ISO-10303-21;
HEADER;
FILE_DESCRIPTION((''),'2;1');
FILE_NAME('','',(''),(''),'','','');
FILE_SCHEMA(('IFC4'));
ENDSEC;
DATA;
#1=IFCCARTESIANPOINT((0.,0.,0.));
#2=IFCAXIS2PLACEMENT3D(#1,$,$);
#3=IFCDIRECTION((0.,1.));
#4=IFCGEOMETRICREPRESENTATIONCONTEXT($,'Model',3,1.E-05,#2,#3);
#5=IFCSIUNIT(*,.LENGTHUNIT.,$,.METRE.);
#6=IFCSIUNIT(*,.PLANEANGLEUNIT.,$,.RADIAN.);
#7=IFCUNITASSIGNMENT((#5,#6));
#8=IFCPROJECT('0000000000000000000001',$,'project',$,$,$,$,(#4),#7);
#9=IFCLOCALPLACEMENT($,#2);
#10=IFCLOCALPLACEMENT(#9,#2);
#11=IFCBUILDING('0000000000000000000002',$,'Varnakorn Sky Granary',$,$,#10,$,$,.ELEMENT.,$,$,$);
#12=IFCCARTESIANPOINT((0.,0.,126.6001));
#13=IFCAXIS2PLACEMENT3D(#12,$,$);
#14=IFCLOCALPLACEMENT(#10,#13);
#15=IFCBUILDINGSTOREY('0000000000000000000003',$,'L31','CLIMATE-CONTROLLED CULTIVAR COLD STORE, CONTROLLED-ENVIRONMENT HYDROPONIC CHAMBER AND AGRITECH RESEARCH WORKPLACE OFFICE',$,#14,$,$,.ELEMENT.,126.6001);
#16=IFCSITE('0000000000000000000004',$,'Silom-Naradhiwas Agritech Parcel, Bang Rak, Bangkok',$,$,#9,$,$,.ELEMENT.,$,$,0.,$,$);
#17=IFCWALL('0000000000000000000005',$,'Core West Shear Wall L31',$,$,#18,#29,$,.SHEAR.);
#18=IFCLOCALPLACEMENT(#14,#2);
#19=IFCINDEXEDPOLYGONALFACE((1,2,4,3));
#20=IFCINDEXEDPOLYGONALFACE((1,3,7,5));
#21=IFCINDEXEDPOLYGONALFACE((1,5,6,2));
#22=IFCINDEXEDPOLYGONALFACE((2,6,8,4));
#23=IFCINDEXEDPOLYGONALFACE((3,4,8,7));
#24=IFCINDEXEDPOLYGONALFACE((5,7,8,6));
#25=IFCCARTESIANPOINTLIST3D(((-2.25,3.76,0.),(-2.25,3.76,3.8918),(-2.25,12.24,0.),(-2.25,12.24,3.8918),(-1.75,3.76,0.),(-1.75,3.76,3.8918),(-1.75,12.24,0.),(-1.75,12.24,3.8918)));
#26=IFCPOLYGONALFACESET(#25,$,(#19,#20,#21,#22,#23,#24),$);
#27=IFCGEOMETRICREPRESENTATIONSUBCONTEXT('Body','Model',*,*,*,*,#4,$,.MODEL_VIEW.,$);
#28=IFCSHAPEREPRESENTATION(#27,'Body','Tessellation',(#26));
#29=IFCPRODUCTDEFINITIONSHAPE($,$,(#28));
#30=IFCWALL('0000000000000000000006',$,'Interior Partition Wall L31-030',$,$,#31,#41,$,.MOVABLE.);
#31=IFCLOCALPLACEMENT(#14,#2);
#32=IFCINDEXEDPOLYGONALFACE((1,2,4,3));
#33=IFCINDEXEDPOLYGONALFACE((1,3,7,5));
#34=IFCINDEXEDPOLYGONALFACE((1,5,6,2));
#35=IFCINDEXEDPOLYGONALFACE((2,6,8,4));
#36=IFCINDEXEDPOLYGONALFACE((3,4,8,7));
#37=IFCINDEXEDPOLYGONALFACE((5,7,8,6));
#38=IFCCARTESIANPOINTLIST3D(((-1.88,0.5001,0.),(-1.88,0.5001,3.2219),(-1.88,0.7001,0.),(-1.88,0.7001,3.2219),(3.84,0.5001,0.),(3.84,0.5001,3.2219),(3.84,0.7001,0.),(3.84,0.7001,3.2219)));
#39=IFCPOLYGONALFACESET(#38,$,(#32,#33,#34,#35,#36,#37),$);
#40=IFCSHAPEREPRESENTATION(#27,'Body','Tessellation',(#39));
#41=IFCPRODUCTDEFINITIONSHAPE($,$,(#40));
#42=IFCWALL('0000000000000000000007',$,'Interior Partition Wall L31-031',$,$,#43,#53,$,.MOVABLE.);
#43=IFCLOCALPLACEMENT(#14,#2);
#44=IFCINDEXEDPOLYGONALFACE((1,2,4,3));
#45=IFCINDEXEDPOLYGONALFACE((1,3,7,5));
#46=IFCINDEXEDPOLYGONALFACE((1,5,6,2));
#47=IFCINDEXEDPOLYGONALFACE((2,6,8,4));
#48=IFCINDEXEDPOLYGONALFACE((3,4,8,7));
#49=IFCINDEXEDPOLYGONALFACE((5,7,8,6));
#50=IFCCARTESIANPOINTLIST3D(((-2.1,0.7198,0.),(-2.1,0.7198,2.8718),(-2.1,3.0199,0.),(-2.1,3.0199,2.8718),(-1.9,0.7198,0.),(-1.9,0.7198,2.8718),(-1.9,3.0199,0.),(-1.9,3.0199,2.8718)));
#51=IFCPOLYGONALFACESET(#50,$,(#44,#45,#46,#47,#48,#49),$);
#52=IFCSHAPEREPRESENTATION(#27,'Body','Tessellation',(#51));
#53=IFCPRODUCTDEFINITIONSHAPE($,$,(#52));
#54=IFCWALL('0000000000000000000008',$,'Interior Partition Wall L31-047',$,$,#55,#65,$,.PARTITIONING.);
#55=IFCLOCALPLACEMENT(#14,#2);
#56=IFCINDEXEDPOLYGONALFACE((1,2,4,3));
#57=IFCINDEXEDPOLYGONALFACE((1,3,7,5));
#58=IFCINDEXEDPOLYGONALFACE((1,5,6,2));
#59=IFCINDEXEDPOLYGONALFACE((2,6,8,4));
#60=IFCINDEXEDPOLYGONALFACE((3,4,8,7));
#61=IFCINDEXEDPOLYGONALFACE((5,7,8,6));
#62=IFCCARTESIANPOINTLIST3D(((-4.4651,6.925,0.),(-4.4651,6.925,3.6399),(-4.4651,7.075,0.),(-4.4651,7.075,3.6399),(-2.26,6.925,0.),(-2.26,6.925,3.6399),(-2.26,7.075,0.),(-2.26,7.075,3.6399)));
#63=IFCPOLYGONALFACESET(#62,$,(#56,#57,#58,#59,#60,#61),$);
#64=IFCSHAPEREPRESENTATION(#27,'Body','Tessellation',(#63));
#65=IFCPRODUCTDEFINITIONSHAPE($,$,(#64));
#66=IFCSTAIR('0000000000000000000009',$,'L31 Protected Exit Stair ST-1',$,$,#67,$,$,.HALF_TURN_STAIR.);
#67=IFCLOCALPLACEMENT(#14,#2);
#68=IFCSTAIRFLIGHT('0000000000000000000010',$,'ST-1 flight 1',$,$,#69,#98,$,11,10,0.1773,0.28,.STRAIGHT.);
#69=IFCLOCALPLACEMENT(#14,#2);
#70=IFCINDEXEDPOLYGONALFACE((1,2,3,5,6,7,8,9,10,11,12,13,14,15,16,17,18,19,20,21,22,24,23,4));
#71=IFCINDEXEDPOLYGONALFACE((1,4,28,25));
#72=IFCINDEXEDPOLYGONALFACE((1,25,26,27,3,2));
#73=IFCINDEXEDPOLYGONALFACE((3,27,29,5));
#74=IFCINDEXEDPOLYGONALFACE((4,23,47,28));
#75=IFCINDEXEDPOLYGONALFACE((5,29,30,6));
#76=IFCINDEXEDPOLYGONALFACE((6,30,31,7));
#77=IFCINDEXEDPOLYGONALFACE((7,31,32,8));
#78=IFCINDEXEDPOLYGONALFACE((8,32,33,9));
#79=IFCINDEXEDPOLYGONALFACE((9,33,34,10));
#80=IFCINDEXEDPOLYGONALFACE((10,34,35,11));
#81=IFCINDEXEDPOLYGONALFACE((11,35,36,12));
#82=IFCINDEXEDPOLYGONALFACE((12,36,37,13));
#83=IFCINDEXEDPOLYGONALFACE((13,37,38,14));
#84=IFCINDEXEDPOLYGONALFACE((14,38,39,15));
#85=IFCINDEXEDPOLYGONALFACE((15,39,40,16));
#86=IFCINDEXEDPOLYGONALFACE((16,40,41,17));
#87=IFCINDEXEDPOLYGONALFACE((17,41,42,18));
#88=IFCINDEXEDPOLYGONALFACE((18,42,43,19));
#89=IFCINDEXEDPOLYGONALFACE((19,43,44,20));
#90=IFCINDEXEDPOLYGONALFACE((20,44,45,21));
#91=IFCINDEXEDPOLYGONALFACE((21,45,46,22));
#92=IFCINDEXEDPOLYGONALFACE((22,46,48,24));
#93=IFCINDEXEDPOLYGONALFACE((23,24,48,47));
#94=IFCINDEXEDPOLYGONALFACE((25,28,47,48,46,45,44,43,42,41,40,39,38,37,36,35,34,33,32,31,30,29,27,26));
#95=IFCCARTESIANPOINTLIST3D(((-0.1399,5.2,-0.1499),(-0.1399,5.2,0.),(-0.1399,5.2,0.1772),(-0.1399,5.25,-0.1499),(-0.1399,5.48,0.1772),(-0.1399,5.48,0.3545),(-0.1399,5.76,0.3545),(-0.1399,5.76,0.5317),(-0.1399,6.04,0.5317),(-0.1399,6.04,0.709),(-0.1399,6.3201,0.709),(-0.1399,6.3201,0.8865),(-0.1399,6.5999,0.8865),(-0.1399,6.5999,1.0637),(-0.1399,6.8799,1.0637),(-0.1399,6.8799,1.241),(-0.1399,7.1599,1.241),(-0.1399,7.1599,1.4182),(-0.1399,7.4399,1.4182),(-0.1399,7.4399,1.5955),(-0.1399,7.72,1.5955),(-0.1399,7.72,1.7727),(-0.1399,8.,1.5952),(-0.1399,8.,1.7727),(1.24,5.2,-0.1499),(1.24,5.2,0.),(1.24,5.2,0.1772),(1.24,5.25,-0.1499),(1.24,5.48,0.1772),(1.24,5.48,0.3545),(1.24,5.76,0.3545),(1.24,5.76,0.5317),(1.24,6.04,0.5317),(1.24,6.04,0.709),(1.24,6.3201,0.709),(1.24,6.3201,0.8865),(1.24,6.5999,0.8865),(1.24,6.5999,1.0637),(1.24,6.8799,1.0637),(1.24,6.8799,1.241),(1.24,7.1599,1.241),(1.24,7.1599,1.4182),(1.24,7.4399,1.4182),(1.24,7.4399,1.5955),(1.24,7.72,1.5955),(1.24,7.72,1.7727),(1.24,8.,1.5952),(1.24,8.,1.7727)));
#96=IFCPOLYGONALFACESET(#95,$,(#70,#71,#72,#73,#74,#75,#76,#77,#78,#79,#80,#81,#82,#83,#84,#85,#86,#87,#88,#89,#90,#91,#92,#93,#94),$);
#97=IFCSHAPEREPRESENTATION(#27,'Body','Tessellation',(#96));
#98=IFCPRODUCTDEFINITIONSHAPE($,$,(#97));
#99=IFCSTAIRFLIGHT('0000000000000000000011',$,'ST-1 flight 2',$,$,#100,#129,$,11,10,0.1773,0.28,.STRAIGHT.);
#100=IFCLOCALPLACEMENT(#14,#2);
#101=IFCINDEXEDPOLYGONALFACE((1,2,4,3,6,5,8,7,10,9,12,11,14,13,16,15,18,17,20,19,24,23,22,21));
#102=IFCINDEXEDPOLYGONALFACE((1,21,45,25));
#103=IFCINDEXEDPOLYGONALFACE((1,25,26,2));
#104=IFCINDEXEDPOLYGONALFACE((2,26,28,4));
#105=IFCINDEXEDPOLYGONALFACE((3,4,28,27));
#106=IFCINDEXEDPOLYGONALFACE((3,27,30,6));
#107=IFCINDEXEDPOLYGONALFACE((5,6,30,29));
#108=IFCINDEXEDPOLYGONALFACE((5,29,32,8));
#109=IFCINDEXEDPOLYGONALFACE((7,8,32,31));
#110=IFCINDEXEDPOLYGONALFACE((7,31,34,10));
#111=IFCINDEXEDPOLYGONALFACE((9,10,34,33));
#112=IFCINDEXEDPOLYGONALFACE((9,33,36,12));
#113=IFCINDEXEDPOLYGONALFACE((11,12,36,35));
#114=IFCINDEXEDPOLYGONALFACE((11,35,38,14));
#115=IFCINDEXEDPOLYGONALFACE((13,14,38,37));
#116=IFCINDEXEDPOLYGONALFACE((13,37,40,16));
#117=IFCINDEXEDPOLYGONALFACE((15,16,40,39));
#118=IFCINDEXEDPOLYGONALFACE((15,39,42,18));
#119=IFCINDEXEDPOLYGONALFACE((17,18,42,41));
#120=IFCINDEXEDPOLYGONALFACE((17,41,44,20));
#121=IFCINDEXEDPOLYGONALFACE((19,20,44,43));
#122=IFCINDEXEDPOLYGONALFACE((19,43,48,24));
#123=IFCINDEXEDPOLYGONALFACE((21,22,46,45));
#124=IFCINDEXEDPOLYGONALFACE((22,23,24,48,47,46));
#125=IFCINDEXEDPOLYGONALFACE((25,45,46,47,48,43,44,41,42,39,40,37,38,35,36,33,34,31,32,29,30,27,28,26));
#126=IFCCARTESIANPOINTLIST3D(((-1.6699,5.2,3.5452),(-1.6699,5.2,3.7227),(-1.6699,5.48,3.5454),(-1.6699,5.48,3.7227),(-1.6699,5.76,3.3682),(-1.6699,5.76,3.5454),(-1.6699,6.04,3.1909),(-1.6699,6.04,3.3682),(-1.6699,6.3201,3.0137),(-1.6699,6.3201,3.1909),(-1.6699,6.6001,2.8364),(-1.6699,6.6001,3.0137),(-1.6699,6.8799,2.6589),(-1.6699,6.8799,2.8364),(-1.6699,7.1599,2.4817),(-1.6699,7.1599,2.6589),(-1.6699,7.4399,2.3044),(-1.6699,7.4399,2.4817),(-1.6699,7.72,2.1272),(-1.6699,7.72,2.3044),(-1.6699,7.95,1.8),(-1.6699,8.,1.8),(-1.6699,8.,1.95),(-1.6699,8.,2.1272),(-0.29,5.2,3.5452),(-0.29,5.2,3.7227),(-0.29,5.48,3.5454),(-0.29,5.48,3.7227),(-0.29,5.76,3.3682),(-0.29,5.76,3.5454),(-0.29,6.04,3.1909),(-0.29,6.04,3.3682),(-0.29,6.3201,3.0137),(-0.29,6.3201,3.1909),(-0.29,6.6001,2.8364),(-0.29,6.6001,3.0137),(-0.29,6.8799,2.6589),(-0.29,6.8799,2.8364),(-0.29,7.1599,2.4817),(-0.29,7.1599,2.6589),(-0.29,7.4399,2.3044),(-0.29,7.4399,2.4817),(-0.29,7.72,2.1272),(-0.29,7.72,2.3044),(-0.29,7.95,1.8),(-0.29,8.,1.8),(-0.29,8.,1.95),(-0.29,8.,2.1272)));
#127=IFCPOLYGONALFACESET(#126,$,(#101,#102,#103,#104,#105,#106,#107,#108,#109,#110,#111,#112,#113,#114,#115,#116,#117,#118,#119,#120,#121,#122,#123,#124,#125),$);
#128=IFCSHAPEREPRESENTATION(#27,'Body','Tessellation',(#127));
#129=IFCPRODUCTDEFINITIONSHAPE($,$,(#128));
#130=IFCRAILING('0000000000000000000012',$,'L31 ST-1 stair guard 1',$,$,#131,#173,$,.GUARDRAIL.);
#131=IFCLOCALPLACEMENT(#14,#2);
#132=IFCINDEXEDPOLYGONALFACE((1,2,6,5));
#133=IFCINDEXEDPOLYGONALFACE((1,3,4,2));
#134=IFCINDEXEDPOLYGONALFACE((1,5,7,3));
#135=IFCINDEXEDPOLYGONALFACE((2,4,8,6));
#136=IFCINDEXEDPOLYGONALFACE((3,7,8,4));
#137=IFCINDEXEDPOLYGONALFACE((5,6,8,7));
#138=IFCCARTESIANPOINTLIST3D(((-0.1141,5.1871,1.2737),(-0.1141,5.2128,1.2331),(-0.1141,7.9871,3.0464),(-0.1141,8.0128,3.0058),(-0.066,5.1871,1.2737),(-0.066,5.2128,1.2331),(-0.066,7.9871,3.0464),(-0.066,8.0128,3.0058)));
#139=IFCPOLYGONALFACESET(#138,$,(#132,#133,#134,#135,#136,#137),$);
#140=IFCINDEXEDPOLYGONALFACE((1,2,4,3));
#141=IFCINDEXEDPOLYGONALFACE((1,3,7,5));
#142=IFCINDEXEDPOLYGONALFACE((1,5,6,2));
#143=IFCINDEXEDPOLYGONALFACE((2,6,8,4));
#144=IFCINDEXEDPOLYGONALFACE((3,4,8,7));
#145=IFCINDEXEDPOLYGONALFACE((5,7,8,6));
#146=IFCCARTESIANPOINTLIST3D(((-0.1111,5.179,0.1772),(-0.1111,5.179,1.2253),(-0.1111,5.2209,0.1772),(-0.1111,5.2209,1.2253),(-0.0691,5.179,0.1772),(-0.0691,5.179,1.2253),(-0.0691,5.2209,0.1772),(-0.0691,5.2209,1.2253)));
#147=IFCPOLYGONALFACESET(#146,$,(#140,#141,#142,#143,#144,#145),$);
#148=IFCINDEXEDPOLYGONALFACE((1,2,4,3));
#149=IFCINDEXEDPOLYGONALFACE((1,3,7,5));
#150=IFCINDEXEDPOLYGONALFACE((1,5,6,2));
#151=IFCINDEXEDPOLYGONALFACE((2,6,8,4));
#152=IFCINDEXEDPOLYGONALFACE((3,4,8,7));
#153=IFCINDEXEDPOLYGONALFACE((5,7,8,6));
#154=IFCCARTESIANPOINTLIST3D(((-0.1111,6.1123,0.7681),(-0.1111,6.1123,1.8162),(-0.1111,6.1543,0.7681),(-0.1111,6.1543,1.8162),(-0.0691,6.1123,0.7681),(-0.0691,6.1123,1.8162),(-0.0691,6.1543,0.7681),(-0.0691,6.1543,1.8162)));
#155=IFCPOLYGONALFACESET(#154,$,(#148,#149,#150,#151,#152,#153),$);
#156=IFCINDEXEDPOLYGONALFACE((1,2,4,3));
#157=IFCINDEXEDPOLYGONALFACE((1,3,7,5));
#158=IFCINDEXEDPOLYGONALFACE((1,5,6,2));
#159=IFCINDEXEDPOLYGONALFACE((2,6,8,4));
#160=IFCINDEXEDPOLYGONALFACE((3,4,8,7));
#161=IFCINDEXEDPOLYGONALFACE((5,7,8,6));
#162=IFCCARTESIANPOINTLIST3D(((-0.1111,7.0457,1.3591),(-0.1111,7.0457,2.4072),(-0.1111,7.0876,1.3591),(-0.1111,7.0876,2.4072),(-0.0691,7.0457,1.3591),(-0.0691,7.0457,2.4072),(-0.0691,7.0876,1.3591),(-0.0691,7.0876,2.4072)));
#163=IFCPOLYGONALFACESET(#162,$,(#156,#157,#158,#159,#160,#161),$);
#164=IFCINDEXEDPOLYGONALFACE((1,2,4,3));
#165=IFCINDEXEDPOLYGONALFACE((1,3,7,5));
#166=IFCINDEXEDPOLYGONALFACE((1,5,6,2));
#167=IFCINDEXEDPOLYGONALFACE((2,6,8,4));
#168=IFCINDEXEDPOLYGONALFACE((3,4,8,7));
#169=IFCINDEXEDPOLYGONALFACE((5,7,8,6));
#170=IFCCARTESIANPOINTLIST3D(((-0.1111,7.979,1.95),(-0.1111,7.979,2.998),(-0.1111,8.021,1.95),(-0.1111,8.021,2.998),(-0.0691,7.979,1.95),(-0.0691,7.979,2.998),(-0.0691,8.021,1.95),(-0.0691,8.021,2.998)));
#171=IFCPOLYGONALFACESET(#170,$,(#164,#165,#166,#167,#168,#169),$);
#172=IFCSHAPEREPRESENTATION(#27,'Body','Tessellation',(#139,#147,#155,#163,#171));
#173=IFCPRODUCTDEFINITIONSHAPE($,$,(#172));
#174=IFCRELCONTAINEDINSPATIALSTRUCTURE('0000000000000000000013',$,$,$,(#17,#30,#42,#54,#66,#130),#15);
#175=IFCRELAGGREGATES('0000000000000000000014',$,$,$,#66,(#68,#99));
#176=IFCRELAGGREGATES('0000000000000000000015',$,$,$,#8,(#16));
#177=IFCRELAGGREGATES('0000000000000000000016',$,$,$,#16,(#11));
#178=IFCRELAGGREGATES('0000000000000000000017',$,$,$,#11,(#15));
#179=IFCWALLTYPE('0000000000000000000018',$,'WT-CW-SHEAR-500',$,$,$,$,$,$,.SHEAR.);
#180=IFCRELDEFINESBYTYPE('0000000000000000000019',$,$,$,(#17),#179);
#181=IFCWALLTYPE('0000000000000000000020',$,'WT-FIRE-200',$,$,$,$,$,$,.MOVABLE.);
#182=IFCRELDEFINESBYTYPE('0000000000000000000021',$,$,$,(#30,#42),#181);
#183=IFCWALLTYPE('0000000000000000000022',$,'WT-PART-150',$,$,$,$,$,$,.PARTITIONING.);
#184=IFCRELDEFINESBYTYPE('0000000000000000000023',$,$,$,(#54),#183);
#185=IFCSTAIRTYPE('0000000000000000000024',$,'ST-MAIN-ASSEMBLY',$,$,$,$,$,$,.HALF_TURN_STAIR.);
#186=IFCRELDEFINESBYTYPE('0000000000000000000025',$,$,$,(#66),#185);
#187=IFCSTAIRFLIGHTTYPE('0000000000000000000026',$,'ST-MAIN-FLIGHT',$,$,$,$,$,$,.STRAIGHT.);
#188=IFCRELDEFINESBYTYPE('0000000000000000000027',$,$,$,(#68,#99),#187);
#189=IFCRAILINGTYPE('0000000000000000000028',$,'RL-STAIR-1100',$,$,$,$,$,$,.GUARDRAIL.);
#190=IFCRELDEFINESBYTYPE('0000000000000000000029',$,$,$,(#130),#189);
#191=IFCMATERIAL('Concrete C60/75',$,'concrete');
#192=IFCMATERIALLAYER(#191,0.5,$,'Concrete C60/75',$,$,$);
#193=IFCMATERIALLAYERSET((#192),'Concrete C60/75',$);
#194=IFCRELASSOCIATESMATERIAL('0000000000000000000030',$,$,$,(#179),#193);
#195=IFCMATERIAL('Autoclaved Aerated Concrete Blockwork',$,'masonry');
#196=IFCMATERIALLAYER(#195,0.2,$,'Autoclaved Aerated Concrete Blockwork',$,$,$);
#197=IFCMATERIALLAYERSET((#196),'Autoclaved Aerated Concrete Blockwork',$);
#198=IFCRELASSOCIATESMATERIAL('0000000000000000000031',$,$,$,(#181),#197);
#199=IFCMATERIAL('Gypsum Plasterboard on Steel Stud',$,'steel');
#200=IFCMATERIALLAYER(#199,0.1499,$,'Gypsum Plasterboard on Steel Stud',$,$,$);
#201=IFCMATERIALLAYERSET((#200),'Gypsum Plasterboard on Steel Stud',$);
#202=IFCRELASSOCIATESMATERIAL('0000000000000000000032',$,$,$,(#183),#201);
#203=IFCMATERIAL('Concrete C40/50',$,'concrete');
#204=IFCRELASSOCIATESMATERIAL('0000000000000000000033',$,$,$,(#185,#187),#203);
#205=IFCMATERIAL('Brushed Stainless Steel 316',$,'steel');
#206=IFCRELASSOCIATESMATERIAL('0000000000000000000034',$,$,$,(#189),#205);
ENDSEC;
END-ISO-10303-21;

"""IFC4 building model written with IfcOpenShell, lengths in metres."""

from ifc_helpers import new_model, si_unit, direction, frame, frame_2d, origin, origin_2d, place, context, subcontext, project, spatial, polyline, rectangle, outline, extrude, material, layer, layer_set, type_object, element, aggregate, save


model = new_model("IFC4")

# Units and contexts
model_context = context("Model", 3, precision=1e-05, world=origin(), true_north=direction((0.0, 1.0)))
body_context = subcontext(model_context, "Body", "Model", "MODEL_VIEW")
ifc_project = project(units=[si_unit("LENGTHUNIT", "METRE"), si_unit("PLANEANGLEUNIT", "RADIAN")], contexts=[model_context])

# Site, building, storey
site_placement = place(None, origin())
site = spatial("IfcSite", under=ifc_project, at=site_placement, Name="Silom-Naradhiwas Agritech Parcel, Bang Rak, Bangkok", CompositionType="ELEMENT", RefElevation=0.0)
building_placement = place(site_placement, origin())
building = spatial("IfcBuilding", under=site, at=building_placement, Name="Varnakorn Sky Granary", CompositionType="ELEMENT")
storey_placement = place(building_placement, frame((0.0, 0.0, 126.6001)))
storey = spatial("IfcBuildingStorey", under=building, at=storey_placement, Name="L31", Description="CLIMATE-CONTROLLED CULTIVAR COLD STORE, CONTROLLED-ENVIRONMENT HYDROPONIC CHAMBER AND AGRITECH RESEARCH WORKPLACE OFFICE", CompositionType="ELEMENT", Elevation=126.6001)

# Shared definitions
ifc_material_1 = material(Name="Concrete C60/75", Category="concrete")

# Shared definitions
ifc_layer_1 = layer(ifc_material_1, 0.5, Name="Concrete C60/75")
ifc_layer_set_1 = layer_set([ifc_layer_1], Name="Concrete C60/75")
wall_type_1 = type_object("IfcWallType", Name="WT-CW-SHEAR-500", PredefinedType="SHEAR", material=ifc_layer_set_1)

# Walls
wall_1_placement = place(storey_placement, frame((-2.0, 3.76, 0.0), z_axis=(0.0, 0.0, 1.0), x_axis=(0.0, 1.0, 0.0)))
element("IfcWall", 1, at=wall_1_placement, inside=storey, type_object=wall_type_1, Name="Core West Shear Wall L31", PredefinedType="SHEAR", context=body_context, shape_type="SweptSolid", body=[
    extrude(rectangle(XDim=8.48, YDim=0.5, at=frame_2d((4.24, 0.0))), origin(), (0.0, 0.0, 1.0), 3.8918),
])
ifc_material_2 = material(Name="Autoclaved Aerated Concrete Blockwork", Category="masonry")
ifc_layer_2 = layer(ifc_material_2, 0.2, Name="Autoclaved Aerated Concrete Blockwork")
ifc_layer_set_2 = layer_set([ifc_layer_2], Name="Autoclaved Aerated Concrete Blockwork")
wall_type_2 = type_object("IfcWallType", Name="WT-FIRE-200", PredefinedType="MOVABLE", material=ifc_layer_set_2)
wall_2_placement = place(storey_placement, frame((-1.8799, 0.6001, 0.0), z_axis=(0.0, 0.0, 1.0), x_axis=(1.0, 0.0, 0.0)))
element("IfcWall", 2, at=wall_2_placement, inside=storey, type_object=wall_type_2, Name="Interior Partition Wall L31-030", PredefinedType="MOVABLE", context=body_context, shape_type="SweptSolid", body=[
    extrude(rectangle(XDim=5.72, YDim=0.2, at=frame_2d((2.8599, 0.0))), origin(), (0.0, 0.0, 1.0), 3.2219),
])
wall_3_placement = place(storey_placement, frame((-2.0, 0.72, 0.0), z_axis=(0.0, 0.0, 1.0), x_axis=(0.0, 1.0, 0.0)))
element("IfcWall", 3, at=wall_3_placement, inside=storey, type_object=wall_type_2, Name="Interior Partition Wall L31-031", PredefinedType="MOVABLE", context=body_context, shape_type="SweptSolid", body=[
    extrude(rectangle(XDim=2.3, YDim=0.2, at=frame_2d((1.1499, 0.0))), origin(), (0.0, 0.0, 1.0), 2.8718),
])
ifc_material_3 = material(Name="Gypsum Plasterboard on Steel Stud", Category="steel")
ifc_layer_3 = layer(ifc_material_3, 0.1499, Name="Gypsum Plasterboard on Steel Stud")
ifc_layer_set_3 = layer_set([ifc_layer_3], Name="Gypsum Plasterboard on Steel Stud")
wall_type_3 = type_object("IfcWallType", Name="WT-PART-150", PredefinedType="PARTITIONING", material=ifc_layer_set_3)
wall_4_placement = place(storey_placement, frame((-4.4651, 7.0, 0.0), z_axis=(0.0, 0.0, 1.0), x_axis=(1.0, 0.0, 0.0)))
element("IfcWall", 4, at=wall_4_placement, inside=storey, type_object=wall_type_3, Name="Interior Partition Wall L31-047", PredefinedType="PARTITIONING", context=body_context, shape_type="SweptSolid", body=[
    extrude(rectangle(XDim=2.2051, YDim=0.1499, at=frame_2d((1.1025, 0.0))), origin(), (0.0, 0.0, 1.0), 3.6399),
])

# Stair, stair flights
ifc_material_4 = material(Name="Concrete C40/50", Category="concrete")
stair_type = type_object("IfcStairType", Name="ST-MAIN-ASSEMBLY", PredefinedType="HALF_TURN_STAIR", material=ifc_material_4)
stair_placement = place(storey_placement, origin())
stair = element("IfcStair", 5, at=stair_placement, inside=storey, type_object=stair_type, Name="L31 Protected Exit Stair ST-1", PredefinedType="HALF_TURN_STAIR")
stair_flight_type = type_object("IfcStairFlightType", Name="ST-MAIN-FLIGHT", PredefinedType="STRAIGHT", material=ifc_material_4)
stair_flight_1_placement = place(storey_placement, frame((0.55, 5.2, 0.0), z_axis=(0.0, 0.0, 1.0), x_axis=(0.0, 1.0, 0.0)))
stair_flight_1 = element("IfcStairFlight", 6, at=stair_flight_1_placement, type_object=stair_flight_type, Name="ST-1 flight 1", NumberOfRisers=11, NumberOfTreads=10, PredefinedType="STRAIGHT", RiserHeight=0.1773, TreadLength=0.28, context=body_context, shape_type="SweptSolid", body=[
    extrude(outline(polyline([(0.0, -0.1499), (0.0, 0.0), (0.0, 0.1772), (0.28, 0.1772), (0.28, 0.3545), (0.5601, 0.3545), (0.5601, 0.5317), (0.8401, 0.5317), (0.8401, 0.709), (1.1201, 0.709), (1.1201, 0.8865), (1.3999, 0.8865), (1.3999, 1.0637), (1.6799, 1.0637), (1.6799, 1.241), (1.96, 1.241), (1.96, 1.4182), (2.24, 1.4182), (2.24, 1.5955), (2.52, 1.5955), (2.52, 1.7727), (2.8, 1.7727), (2.8, 1.95), (2.8, 1.5952), (0.05, -0.1499), (0.0, -0.1499)])), frame((0.0, 0.6899, 0.0), z_axis=(0.0, -1.0, 0.0), x_axis=(1.0, 0.0, 0.0)), (0.0, 0.0, 1.0), 1.3799),
])
stair_flight_2_placement = place(storey_placement, frame((-0.98, 8.0, 1.95), z_axis=(0.0, 0.0, 1.0), x_axis=(0.0, -1.0, 0.0)))
stair_flight_2 = element("IfcStairFlight", 7, at=stair_flight_2_placement, type_object=stair_flight_type, Name="ST-1 flight 2", NumberOfRisers=11, NumberOfTreads=10, PredefinedType="STRAIGHT", RiserHeight=0.1773, TreadLength=0.28, context=body_context, shape_type="SweptSolid", body=[
    extrude(outline(polyline([(0.0, -0.1499), (0.0, 0.0), (0.0, 0.1772), (0.28, 0.1772), (0.28, 0.3545), (0.5601, 0.3545), (0.5601, 0.5317), (0.8401, 0.5317), (0.8401, 0.709), (1.1201, 0.709), (1.1201, 0.8865), (1.3999, 0.8865), (1.3999, 1.0637), (1.6799, 1.0637), (1.6799, 1.241), (1.96, 1.241), (1.96, 1.4182), (2.24, 1.4182), (2.24, 1.5955), (2.52, 1.5955), (2.52, 1.7727), (2.8, 1.7727), (2.8, 1.95), (2.8, 1.5952), (0.05, -0.1499), (0.0, -0.1499)])), frame((0.0, 0.6899, 0.0), z_axis=(0.0, -1.0, 0.0), x_axis=(1.0, 0.0, 0.0)), (0.0, 0.0, 1.0), 1.3799),
])
aggregate(stair, [stair_flight_1, stair_flight_2])

# Railing
ifc_material_5 = material(Name="Brushed Stainless Steel 316", Category="steel")
railing_type_1 = type_object("IfcRailingType", Name="RL-STAIR-1100", PredefinedType="GUARDRAIL", material=ifc_material_5)
railing_1_placement = place(storey_placement, frame((-0.0901, 5.2, 0.1772)))
element("IfcRailing", 8, at=railing_1_placement, inside=storey, type_object=railing_type_1, Name="L31 ST-1 stair guard 1", PredefinedType="GUARDRAIL", context=body_context, shape_type="SweptSolid", body=[
    extrude(rectangle(XDim=0.0481, YDim=0.0481, at=origin_2d()), frame((0.0, 0.0, 1.0762), z_axis=(0.0, 0.844909, 0.53491), x_axis=(-1.0, 0.0, 0.0)), (0.0, 0.0, 1.0), 3.314),
    extrude(rectangle(XDim=0.042, YDim=0.042, at=origin_2d()), origin(), (0.0, 0.0, 1.0), 1.0481),
    extrude(rectangle(XDim=0.042, YDim=0.042, at=origin_2d()), frame((0.0, 0.9333, 0.5908)), (0.0, 0.0, 1.0), 1.0481),
    extrude(rectangle(XDim=0.042, YDim=0.042, at=origin_2d()), frame((0.0, 1.8667, 1.1819)), (0.0, 0.0, 1.0), 1.0481),
    extrude(rectangle(XDim=0.042, YDim=0.042, at=origin_2d()), frame((0.0, 2.8, 1.7727)), (0.0, 0.0, 1.0), 1.0481),
])

save(model, "model.ifc")
